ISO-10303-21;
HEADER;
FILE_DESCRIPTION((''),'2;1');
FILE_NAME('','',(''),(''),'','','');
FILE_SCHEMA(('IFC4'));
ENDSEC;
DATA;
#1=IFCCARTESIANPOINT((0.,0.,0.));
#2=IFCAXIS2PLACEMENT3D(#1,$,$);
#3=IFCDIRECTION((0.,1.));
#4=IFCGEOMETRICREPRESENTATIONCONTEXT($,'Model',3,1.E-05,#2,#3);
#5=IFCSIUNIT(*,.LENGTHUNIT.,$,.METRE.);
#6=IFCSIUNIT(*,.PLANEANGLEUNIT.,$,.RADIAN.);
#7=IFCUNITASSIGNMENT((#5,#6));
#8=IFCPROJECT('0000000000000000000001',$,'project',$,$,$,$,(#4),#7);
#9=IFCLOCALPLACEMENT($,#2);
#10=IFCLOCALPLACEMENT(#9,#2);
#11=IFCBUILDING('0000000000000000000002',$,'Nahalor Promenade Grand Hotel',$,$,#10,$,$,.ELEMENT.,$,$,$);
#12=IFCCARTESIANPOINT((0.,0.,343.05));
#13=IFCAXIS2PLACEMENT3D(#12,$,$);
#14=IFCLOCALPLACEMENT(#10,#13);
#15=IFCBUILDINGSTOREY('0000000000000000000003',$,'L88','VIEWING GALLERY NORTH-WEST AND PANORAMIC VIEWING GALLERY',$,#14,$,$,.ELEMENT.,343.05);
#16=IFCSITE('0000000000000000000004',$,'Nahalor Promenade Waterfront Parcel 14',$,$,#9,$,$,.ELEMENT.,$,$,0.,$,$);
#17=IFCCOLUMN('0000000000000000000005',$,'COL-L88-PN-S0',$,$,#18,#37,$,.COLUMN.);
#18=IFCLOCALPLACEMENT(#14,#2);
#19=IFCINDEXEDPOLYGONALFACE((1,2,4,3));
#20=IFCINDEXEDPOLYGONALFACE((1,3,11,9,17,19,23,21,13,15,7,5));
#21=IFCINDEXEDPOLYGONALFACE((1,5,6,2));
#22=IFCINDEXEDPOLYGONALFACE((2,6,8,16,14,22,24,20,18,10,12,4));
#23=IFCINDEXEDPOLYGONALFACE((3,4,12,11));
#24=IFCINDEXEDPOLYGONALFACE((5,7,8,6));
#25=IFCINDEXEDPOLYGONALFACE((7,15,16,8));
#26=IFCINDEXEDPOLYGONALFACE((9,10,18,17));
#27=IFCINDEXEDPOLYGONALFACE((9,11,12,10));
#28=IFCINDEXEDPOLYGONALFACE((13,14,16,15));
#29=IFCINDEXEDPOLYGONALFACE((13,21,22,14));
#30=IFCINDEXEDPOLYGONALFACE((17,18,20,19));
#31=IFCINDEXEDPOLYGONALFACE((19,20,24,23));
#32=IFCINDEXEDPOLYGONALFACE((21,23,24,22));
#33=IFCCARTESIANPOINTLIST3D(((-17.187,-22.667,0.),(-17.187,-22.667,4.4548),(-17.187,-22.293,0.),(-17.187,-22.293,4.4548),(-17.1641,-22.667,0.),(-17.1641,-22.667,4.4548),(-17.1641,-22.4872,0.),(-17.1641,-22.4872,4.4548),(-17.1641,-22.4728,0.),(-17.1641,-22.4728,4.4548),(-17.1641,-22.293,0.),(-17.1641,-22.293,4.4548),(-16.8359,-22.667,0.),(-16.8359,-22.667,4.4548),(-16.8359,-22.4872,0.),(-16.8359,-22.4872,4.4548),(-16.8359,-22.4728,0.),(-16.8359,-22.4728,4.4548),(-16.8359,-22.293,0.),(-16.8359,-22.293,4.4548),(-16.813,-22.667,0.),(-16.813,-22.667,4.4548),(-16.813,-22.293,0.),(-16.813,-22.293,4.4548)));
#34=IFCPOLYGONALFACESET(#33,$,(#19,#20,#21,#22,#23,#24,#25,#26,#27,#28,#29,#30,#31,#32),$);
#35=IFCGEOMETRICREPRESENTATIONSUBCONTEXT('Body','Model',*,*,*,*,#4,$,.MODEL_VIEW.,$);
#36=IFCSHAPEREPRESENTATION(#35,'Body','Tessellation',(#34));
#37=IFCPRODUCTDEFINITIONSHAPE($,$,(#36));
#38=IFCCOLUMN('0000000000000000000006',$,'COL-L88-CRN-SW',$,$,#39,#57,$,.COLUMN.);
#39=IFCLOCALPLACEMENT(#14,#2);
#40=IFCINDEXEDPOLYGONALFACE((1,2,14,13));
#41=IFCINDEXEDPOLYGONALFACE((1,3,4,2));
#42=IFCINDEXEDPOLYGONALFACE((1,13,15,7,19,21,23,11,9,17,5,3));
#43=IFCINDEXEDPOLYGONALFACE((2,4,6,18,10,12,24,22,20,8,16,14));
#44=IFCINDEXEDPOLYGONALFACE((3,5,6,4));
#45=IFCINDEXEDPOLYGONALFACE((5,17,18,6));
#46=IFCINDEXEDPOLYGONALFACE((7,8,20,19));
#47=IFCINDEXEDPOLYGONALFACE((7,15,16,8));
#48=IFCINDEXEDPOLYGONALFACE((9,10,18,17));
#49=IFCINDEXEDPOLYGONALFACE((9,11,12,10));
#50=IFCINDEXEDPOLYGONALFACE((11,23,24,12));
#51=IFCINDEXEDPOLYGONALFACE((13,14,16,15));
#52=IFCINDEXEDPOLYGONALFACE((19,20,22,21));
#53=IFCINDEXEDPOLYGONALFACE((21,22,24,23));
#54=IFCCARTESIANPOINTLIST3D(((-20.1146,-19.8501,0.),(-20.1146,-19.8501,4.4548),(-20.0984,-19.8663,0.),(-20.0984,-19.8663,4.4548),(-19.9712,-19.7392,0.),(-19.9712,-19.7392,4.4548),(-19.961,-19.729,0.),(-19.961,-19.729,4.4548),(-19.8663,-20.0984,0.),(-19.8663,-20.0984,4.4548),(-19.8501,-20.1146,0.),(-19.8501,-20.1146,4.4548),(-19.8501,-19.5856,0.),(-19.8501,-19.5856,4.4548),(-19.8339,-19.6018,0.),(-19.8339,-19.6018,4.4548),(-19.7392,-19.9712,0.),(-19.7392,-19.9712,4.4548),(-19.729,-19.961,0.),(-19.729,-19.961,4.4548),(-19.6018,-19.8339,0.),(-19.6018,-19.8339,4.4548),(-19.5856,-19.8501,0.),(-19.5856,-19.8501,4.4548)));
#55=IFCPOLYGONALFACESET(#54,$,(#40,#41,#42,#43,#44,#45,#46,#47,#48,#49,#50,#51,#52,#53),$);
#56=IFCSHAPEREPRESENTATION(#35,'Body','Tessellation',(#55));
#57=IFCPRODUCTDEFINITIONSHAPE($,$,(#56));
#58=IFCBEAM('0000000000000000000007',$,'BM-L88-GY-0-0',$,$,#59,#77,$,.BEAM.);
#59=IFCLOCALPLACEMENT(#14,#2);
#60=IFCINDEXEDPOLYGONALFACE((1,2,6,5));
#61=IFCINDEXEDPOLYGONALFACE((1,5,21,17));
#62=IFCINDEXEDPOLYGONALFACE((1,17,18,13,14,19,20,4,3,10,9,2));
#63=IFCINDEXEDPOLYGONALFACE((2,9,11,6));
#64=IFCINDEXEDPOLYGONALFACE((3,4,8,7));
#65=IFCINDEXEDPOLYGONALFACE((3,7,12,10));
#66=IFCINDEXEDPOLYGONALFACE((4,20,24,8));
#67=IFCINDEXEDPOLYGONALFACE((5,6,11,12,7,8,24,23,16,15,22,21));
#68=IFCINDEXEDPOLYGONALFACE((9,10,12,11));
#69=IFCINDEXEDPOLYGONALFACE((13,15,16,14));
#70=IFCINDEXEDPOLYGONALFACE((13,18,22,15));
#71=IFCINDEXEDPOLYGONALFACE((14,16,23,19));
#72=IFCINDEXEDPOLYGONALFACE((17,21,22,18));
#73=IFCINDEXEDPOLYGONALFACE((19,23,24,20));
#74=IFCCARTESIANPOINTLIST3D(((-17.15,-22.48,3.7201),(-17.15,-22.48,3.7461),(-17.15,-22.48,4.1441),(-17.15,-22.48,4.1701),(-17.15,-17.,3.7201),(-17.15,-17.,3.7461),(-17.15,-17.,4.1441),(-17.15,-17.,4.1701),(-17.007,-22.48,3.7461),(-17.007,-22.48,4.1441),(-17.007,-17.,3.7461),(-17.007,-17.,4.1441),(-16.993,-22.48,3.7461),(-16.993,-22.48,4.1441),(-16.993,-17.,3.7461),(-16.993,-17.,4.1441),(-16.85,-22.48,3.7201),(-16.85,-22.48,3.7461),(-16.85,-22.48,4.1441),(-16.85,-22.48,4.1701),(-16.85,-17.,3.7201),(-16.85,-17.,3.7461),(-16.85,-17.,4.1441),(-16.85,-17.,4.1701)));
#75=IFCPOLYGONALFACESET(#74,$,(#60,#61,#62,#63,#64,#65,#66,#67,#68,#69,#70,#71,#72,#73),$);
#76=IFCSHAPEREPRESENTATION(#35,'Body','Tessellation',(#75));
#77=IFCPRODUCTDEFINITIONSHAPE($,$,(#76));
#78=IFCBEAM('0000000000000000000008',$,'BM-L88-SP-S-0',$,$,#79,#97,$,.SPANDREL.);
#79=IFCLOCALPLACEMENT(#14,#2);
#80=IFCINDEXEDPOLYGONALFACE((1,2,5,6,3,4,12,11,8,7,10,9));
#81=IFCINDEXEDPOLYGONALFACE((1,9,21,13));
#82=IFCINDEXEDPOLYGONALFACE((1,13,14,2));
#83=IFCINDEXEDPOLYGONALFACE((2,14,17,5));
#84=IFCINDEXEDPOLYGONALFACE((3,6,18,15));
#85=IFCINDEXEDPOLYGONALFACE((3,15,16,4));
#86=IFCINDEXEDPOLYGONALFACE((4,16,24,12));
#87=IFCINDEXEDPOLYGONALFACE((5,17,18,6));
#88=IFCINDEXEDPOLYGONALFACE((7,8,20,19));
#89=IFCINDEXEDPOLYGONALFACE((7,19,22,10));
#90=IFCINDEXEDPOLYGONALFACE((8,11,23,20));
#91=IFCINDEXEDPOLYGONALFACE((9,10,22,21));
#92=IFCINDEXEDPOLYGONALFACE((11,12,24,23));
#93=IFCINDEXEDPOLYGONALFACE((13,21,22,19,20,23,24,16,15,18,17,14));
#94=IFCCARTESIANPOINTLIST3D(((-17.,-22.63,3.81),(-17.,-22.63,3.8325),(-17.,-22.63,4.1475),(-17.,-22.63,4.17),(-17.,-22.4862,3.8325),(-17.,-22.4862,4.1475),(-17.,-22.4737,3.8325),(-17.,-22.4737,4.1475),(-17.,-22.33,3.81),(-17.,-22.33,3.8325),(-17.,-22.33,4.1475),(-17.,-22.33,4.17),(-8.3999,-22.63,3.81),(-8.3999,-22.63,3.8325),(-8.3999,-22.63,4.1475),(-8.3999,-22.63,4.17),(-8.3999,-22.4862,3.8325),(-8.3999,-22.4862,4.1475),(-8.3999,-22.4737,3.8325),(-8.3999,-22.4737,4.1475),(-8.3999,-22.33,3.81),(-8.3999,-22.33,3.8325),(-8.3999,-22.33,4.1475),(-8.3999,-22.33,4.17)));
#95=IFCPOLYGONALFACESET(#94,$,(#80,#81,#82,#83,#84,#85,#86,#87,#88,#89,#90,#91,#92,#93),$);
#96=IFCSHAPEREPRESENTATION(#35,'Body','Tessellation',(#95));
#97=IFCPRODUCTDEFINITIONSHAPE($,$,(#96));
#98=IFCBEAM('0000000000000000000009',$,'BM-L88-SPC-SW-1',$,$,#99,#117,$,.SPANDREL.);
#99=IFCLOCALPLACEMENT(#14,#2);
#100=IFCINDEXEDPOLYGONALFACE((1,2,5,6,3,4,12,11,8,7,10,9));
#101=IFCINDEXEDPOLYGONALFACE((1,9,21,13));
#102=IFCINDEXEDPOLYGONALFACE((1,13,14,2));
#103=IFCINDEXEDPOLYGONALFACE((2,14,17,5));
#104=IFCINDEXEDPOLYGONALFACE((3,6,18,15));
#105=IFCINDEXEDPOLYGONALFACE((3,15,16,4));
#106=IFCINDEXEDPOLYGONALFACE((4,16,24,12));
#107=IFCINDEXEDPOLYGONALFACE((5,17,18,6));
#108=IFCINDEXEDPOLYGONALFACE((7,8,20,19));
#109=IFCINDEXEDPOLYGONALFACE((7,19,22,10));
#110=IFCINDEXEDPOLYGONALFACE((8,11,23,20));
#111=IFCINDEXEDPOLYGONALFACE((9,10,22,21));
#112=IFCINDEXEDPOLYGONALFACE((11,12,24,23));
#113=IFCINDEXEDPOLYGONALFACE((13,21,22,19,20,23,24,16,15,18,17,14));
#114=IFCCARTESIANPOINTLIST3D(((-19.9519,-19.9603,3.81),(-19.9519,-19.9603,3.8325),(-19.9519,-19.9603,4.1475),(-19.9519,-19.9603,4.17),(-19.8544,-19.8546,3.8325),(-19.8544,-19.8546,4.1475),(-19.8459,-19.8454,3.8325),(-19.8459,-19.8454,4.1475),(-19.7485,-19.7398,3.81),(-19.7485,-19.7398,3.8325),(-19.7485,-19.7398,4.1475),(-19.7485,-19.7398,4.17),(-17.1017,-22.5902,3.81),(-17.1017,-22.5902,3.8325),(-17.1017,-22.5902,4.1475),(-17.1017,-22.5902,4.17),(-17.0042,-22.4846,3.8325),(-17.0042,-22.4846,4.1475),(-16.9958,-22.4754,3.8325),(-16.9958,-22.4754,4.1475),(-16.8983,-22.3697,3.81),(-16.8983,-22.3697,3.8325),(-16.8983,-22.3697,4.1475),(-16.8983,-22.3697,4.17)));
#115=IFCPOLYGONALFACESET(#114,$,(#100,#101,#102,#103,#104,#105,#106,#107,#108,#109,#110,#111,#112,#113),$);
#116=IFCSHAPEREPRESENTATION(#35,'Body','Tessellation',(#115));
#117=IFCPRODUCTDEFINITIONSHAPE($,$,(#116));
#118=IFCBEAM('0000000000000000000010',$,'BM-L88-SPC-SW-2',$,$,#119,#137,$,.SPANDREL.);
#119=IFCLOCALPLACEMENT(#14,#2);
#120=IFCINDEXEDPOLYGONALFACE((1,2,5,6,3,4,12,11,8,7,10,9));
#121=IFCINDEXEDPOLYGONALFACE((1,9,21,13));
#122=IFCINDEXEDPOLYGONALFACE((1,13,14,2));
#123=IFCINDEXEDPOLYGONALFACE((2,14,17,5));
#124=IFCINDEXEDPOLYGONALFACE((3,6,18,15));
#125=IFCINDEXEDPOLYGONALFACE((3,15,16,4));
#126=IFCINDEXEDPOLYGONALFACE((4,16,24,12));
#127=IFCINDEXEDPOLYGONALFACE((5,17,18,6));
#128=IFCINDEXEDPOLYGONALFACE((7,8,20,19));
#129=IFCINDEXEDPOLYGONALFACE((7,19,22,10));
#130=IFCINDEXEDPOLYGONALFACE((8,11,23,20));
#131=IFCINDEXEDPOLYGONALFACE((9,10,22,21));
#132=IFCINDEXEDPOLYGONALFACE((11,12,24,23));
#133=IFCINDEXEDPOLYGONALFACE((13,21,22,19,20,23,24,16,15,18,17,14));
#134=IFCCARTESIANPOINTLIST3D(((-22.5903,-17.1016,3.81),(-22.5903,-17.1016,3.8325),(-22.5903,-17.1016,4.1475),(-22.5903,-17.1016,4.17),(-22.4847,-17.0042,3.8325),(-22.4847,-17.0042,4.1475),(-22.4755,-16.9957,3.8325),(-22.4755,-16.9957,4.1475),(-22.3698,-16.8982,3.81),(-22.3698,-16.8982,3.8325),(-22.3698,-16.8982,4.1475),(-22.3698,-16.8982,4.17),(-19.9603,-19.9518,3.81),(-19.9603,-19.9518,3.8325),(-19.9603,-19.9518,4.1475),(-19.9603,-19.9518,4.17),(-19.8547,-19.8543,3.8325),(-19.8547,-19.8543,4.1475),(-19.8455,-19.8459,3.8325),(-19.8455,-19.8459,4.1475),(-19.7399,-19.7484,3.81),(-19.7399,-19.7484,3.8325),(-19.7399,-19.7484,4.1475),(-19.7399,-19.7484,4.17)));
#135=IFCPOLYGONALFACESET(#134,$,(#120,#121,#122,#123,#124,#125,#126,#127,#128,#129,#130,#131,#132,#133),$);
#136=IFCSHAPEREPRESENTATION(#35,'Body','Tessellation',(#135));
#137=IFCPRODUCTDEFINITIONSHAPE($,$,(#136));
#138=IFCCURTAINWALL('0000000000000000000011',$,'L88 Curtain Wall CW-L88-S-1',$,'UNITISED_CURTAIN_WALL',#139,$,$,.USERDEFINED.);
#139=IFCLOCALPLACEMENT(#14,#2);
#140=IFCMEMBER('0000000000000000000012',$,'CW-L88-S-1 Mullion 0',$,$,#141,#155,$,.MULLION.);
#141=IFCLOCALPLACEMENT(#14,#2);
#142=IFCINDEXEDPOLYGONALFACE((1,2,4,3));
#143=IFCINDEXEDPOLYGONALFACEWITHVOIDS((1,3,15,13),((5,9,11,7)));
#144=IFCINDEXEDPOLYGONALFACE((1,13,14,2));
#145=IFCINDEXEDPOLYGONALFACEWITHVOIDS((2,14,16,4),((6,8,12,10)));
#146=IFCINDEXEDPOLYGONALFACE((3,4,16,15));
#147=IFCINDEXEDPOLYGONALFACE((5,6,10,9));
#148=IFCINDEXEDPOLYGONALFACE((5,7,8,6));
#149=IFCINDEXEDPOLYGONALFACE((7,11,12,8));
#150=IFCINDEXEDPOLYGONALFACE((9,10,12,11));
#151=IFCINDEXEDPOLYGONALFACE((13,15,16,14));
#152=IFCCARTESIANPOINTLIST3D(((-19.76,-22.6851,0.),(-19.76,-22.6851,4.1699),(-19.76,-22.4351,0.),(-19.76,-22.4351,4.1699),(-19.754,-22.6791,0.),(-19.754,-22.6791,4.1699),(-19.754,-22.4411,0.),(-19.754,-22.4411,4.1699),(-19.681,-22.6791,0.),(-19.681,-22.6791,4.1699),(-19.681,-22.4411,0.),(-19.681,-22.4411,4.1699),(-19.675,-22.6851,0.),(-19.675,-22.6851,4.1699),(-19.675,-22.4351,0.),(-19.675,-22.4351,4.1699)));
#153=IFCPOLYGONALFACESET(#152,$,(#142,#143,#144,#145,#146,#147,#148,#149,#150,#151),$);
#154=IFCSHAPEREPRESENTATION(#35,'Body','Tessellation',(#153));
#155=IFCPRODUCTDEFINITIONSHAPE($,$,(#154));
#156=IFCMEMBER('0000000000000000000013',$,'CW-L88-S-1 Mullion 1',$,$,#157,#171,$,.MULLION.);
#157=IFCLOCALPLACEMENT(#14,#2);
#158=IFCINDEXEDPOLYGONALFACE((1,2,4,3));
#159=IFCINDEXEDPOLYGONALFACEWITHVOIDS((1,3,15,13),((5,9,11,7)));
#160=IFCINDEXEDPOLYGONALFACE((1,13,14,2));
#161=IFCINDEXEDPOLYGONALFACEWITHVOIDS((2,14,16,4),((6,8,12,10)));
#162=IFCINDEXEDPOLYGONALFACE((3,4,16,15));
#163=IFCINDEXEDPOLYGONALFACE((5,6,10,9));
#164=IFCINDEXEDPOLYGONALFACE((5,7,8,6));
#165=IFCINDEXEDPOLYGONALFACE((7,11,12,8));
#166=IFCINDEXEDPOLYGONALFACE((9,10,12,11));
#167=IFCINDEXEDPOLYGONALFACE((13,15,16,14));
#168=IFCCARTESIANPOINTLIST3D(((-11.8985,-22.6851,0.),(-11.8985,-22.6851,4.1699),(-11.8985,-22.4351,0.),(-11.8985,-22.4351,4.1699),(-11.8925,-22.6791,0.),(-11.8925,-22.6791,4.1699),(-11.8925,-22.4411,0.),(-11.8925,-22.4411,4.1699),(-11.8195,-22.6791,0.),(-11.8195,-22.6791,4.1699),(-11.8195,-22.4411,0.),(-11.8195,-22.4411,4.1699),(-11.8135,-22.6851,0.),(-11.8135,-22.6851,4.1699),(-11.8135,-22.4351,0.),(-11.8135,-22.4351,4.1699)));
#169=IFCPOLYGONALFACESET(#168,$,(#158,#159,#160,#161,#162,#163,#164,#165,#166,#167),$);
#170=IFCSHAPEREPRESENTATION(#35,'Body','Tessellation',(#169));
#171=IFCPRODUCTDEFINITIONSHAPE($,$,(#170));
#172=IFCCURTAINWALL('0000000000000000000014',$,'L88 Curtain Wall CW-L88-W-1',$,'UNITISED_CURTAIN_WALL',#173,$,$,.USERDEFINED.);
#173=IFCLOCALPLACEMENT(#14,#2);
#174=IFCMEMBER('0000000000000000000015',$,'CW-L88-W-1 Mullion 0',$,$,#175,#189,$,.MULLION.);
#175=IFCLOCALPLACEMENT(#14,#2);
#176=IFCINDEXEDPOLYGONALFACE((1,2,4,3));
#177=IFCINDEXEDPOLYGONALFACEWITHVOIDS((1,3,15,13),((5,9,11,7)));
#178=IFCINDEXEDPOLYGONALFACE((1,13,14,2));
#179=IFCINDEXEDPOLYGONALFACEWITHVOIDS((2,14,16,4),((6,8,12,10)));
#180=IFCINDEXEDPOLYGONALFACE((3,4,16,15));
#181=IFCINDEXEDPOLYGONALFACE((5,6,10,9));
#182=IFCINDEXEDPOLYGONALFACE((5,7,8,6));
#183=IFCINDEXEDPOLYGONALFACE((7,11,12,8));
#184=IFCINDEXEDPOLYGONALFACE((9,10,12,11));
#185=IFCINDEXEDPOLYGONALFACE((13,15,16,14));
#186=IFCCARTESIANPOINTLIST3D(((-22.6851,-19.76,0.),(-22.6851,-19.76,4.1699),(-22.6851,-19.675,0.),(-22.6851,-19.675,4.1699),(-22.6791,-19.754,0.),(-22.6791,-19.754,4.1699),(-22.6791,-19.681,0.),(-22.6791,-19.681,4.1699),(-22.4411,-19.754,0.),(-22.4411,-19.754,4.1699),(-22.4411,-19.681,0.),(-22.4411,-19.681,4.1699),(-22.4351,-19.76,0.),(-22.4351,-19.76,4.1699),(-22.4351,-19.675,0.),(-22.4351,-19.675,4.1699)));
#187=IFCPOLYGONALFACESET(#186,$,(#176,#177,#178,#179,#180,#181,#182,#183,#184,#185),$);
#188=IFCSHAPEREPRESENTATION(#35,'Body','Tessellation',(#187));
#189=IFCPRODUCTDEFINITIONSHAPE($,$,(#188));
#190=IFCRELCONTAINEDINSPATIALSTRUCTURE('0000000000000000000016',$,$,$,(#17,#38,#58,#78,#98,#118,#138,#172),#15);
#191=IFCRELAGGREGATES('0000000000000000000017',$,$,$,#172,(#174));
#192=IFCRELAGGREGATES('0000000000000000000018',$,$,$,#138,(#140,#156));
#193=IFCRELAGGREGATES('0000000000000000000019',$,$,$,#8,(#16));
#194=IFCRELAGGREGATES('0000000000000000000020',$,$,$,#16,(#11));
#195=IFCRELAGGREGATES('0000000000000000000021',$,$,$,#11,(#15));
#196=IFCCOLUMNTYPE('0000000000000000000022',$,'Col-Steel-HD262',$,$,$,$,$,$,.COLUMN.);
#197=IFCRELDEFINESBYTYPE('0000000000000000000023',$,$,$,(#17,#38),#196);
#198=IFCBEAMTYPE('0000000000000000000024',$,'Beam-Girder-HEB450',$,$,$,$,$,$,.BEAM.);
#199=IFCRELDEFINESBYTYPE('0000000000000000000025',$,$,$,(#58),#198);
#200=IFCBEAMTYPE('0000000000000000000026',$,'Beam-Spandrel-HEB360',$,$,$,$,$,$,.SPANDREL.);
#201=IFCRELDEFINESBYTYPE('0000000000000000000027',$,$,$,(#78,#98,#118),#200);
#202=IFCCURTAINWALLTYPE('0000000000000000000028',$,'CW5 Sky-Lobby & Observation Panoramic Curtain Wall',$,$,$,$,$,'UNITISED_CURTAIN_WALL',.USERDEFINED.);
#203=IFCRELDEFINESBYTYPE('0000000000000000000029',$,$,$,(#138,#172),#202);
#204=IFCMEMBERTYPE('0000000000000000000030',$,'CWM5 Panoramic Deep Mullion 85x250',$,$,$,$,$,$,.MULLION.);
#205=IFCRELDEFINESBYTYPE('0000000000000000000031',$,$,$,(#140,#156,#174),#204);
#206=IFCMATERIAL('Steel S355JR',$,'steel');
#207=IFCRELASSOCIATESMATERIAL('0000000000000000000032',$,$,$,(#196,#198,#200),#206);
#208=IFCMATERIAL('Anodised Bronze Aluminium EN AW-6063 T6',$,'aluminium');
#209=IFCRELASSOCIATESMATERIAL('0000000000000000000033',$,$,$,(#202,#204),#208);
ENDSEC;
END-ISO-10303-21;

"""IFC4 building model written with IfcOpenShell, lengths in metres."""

from ifc_helpers import new_model, si_unit, direction, frame, origin, origin_2d, place, context, subcontext, project, spatial, hollow_rectangle, i_section, extrude, source, transform, mapped, material, material_profile, profile_set, type_object, element, aggregate, save


model = new_model("IFC4")

# Units and contexts
model_context = context("Model", 3, precision=1e-05, world=origin(), true_north=direction((0.0, 1.0)))
body_context = subcontext(model_context, "Body", "Model", "MODEL_VIEW")
ifc_project = project(units=[si_unit("LENGTHUNIT", "METRE"), si_unit("PLANEANGLEUNIT", "RADIAN")], contexts=[model_context])

# Site, building, storey
site_placement = place(None, origin())
site = spatial("IfcSite", under=ifc_project, at=site_placement, Name="Nahalor Promenade Waterfront Parcel 14", CompositionType="ELEMENT", RefElevation=0.0)
building_placement = place(site_placement, origin())
building = spatial("IfcBuilding", under=site, at=building_placement, Name="Nahalor Promenade Grand Hotel", CompositionType="ELEMENT")
storey_placement = place(building_placement, frame((0.0, 0.0, 343.05)))
storey = spatial("IfcBuildingStorey", under=building, at=storey_placement, Name="L88", Description="VIEWING GALLERY NORTH-WEST AND PANORAMIC VIEWING GALLERY", CompositionType="ELEMENT", Elevation=343.05)

# Columns
ifc_material_1 = material(Name="Steel S355JR", Category="steel")
ifc_material_profile_1 = material_profile(ifc_material_1, i_section(OverallWidth=0.374, OverallDepth=0.374, WebThickness=0.0144, FlangeThickness=0.0229, at=origin_2d()), Name="HD 360x262")
ifc_profile_set_1 = profile_set([ifc_material_profile_1], Name="Steel S355JR")
column_type = type_object("IfcColumnType", Name="Col-Steel-HD262", PredefinedType="COLUMN", material=ifc_profile_set_1)
shared_shape_1 = source(origin(), body_context, "Body", "SweptSolid", [
    extrude(i_section(OverallWidth=0.374, OverallDepth=0.374, WebThickness=0.0144, FlangeThickness=0.0229, at=origin_2d()), origin(), (0.0, 0.0, 1.0), 4.4548),
])
for number, where, z_axis, x_axis, name in (
    (1, (-17.0, -22.48, 0.0), (0.0, 0.0, 1.0), (0.0, 1.0, 0.0), "COL-L88-PN-S0"),
    (2, (-19.8501, -19.8501, 0.0), (0.0, 0.0, 1.0), (0.707107, 0.707107, 0.0), "COL-L88-CRN-SW"),
):
    element("IfcColumn", number, at=place(storey_placement, frame(where, z_axis=z_axis, x_axis=x_axis)), inside=storey, type_object=column_type, Name=name, PredefinedType="COLUMN", context=body_context, shape_type="MappedRepresentation", body=[
        mapped(shared_shape_1, transform((0.0, 0.0, 0.0), scale=1.0)),
    ])

# Beams
ifc_material_profile_2 = material_profile(ifc_material_1, i_section(OverallWidth=0.3, OverallDepth=0.45, WebThickness=0.014, FlangeThickness=0.026, at=origin_2d()), Name="HEB 450")
ifc_profile_set_2 = profile_set([ifc_material_profile_2], Name="Steel S355JR")
beam_type_1 = type_object("IfcBeamType", Name="Beam-Girder-HEB450", PredefinedType="BEAM", material=ifc_profile_set_2)
shared_shape_2 = source(origin(), body_context, "Body", "SweptSolid", [
    extrude(i_section(OverallWidth=0.3, OverallDepth=0.45, WebThickness=0.014, FlangeThickness=0.026, at=origin_2d()), origin(), (0.0, 0.0, 1.0), 5.48),
])
beam_1_placement = place(storey_placement, frame((-17.0, -22.48, 3.9451), z_axis=(0.0, 1.0, 0.0), x_axis=(-1.0, 0.0, 0.0)))
element("IfcBeam", 3, at=beam_1_placement, inside=storey, type_object=beam_type_1, Name="BM-L88-GY-0-0", PredefinedType="BEAM", context=body_context, shape_type="MappedRepresentation", body=[
    mapped(shared_shape_2, transform((0.0, 0.0, 0.0), scale=1.0)),
])
ifc_material_profile_3 = material_profile(ifc_material_1, i_section(OverallWidth=0.3, OverallDepth=0.36, WebThickness=0.0125, FlangeThickness=0.0225, at=origin_2d()), Name="HEB 360")
ifc_profile_set_3 = profile_set([ifc_material_profile_3], Name="Steel S355JR")
beam_type_2 = type_object("IfcBeamType", Name="Beam-Spandrel-HEB360", PredefinedType="SPANDREL", material=ifc_profile_set_3)
shared_shape_3 = source(origin(), body_context, "Body", "SweptSolid", [
    extrude(i_section(OverallWidth=0.3, OverallDepth=0.36, WebThickness=0.0125, FlangeThickness=0.0225, at=origin_2d()), origin(), (0.0, 0.0, 1.0), 8.6001),
])
beam_2_placement = place(storey_placement, frame((-17.0, -22.48, 3.99), z_axis=(1.0, 0.0, 0.0), x_axis=(0.0, 1.0, 0.0)))
element("IfcBeam", 4, at=beam_2_placement, inside=storey, type_object=beam_type_2, Name="BM-L88-SP-S-0", PredefinedType="SPANDREL", context=body_context, shape_type="MappedRepresentation", body=[
    mapped(shared_shape_3, transform((0.0, 0.0, 0.0), scale=1.0)),
])
shared_shape_4 = source(origin(), body_context, "Body", "SweptSolid", [
    extrude(i_section(OverallWidth=0.3, OverallDepth=0.36, WebThickness=0.0125, FlangeThickness=0.0225, at=origin_2d()), origin(), (0.0, 0.0, 1.0), 3.8782),
])
for number, where, z_axis, x_axis, name in (
    (5, (-17.0, -22.48, 3.99), (-0.734929, 0.678144, 0.0), (-0.678144, -0.734929, 0.0), "BM-L88-SPC-SW-1"),
    (6, (-19.8501, -19.8501, 3.99), (-0.678144, 0.734929, 0.0), (-0.734929, -0.678144, 0.0), "BM-L88-SPC-SW-2"),
):
    element("IfcBeam", number, at=place(storey_placement, frame(where, z_axis=z_axis, x_axis=x_axis)), inside=storey, type_object=beam_type_2, Name=name, PredefinedType="SPANDREL", context=body_context, shape_type="MappedRepresentation", body=[
        mapped(shared_shape_4, transform((0.0, 0.0, 0.0), scale=1.0)),
    ])

# Curtain wall, members
ifc_material_2 = material(Name="Anodised Bronze Aluminium EN AW-6063 T6", Category="aluminium")
curtain_wall_type = type_object("IfcCurtainWallType", Name="CW5 Sky-Lobby & Observation Panoramic Curtain Wall", ElementType="UNITISED_CURTAIN_WALL", PredefinedType="USERDEFINED", material=ifc_material_2)
curtain_wall_1_placement = place(storey_placement, origin())
curtain_wall_1 = element("IfcCurtainWall", 7, at=curtain_wall_1_placement, inside=storey, type_object=curtain_wall_type, Name="L88 Curtain Wall CW-L88-S-1", ObjectType="UNITISED_CURTAIN_WALL", PredefinedType="USERDEFINED")
ifc_material_profile_4 = material_profile(ifc_material_2, hollow_rectangle(XDim=0.085, YDim=0.25, WallThickness=0.006, at=origin_2d()), Name="CWM 85x250x6")
ifc_profile_set_4 = profile_set([ifc_material_profile_4], Name="Anodised Bronze Aluminium EN AW-6063 T6")
member_type_1 = type_object("IfcMemberType", Name="CWM5 Panoramic Deep Mullion 85x250", PredefinedType="MULLION", material=ifc_profile_set_4)
shared_shape_5 = source(origin(), body_context, "Body", "SweptSolid", [
    extrude(hollow_rectangle(XDim=0.085, YDim=0.25, WallThickness=0.006, at=origin_2d()), origin(), (0.0, 0.0, 1.0), 4.1699),
])
member_1_placement = place(storey_placement, frame((-19.7175, -22.5601, 0.0), z_axis=(0.0, 0.0, 1.0), x_axis=(1.0, 0.0, 0.0)))
member_1 = element("IfcMember", 8, at=member_1_placement, type_object=member_type_1, Name="CW-L88-S-1 Mullion 0", PredefinedType="MULLION", context=body_context, shape_type="MappedRepresentation", body=[
    mapped(shared_shape_5, transform((0.0, 0.0, 0.0), scale=1.0)),
])
member_2_placement = place(storey_placement, frame((-11.856, -22.5601, 0.0), z_axis=(0.0, 0.0, 1.0), x_axis=(1.0, 0.0, 0.0)))
member_2 = element("IfcMember", 9, at=member_2_placement, type_object=member_type_1, Name="CW-L88-S-1 Mullion 1", PredefinedType="MULLION", context=body_context, shape_type="MappedRepresentation", body=[
    mapped(shared_shape_5, transform((0.0, 0.0, 0.0), scale=1.0)),
])

# Curtain wall, member
curtain_wall_2_placement = place(storey_placement, origin())
curtain_wall_2 = element("IfcCurtainWall", 10, at=curtain_wall_2_placement, inside=storey, type_object=curtain_wall_type, Name="L88 Curtain Wall CW-L88-W-1", ObjectType="UNITISED_CURTAIN_WALL", PredefinedType="USERDEFINED")
member_3_placement = place(storey_placement, frame((-22.5601, -19.7175, 0.0), z_axis=(0.0, 0.0, 1.0), x_axis=(0.0, 1.0, 0.0)))
member_3 = element("IfcMember", 11, at=member_3_placement, type_object=member_type_1, Name="CW-L88-W-1 Mullion 0", PredefinedType="MULLION", context=body_context, shape_type="MappedRepresentation", body=[
    mapped(shared_shape_5, transform((0.0, 0.0, 0.0), scale=1.0)),
])

aggregate(curtain_wall_2, [member_3])

aggregate(curtain_wall_1, [member_1, member_2])

save(model, "model.ifc")
